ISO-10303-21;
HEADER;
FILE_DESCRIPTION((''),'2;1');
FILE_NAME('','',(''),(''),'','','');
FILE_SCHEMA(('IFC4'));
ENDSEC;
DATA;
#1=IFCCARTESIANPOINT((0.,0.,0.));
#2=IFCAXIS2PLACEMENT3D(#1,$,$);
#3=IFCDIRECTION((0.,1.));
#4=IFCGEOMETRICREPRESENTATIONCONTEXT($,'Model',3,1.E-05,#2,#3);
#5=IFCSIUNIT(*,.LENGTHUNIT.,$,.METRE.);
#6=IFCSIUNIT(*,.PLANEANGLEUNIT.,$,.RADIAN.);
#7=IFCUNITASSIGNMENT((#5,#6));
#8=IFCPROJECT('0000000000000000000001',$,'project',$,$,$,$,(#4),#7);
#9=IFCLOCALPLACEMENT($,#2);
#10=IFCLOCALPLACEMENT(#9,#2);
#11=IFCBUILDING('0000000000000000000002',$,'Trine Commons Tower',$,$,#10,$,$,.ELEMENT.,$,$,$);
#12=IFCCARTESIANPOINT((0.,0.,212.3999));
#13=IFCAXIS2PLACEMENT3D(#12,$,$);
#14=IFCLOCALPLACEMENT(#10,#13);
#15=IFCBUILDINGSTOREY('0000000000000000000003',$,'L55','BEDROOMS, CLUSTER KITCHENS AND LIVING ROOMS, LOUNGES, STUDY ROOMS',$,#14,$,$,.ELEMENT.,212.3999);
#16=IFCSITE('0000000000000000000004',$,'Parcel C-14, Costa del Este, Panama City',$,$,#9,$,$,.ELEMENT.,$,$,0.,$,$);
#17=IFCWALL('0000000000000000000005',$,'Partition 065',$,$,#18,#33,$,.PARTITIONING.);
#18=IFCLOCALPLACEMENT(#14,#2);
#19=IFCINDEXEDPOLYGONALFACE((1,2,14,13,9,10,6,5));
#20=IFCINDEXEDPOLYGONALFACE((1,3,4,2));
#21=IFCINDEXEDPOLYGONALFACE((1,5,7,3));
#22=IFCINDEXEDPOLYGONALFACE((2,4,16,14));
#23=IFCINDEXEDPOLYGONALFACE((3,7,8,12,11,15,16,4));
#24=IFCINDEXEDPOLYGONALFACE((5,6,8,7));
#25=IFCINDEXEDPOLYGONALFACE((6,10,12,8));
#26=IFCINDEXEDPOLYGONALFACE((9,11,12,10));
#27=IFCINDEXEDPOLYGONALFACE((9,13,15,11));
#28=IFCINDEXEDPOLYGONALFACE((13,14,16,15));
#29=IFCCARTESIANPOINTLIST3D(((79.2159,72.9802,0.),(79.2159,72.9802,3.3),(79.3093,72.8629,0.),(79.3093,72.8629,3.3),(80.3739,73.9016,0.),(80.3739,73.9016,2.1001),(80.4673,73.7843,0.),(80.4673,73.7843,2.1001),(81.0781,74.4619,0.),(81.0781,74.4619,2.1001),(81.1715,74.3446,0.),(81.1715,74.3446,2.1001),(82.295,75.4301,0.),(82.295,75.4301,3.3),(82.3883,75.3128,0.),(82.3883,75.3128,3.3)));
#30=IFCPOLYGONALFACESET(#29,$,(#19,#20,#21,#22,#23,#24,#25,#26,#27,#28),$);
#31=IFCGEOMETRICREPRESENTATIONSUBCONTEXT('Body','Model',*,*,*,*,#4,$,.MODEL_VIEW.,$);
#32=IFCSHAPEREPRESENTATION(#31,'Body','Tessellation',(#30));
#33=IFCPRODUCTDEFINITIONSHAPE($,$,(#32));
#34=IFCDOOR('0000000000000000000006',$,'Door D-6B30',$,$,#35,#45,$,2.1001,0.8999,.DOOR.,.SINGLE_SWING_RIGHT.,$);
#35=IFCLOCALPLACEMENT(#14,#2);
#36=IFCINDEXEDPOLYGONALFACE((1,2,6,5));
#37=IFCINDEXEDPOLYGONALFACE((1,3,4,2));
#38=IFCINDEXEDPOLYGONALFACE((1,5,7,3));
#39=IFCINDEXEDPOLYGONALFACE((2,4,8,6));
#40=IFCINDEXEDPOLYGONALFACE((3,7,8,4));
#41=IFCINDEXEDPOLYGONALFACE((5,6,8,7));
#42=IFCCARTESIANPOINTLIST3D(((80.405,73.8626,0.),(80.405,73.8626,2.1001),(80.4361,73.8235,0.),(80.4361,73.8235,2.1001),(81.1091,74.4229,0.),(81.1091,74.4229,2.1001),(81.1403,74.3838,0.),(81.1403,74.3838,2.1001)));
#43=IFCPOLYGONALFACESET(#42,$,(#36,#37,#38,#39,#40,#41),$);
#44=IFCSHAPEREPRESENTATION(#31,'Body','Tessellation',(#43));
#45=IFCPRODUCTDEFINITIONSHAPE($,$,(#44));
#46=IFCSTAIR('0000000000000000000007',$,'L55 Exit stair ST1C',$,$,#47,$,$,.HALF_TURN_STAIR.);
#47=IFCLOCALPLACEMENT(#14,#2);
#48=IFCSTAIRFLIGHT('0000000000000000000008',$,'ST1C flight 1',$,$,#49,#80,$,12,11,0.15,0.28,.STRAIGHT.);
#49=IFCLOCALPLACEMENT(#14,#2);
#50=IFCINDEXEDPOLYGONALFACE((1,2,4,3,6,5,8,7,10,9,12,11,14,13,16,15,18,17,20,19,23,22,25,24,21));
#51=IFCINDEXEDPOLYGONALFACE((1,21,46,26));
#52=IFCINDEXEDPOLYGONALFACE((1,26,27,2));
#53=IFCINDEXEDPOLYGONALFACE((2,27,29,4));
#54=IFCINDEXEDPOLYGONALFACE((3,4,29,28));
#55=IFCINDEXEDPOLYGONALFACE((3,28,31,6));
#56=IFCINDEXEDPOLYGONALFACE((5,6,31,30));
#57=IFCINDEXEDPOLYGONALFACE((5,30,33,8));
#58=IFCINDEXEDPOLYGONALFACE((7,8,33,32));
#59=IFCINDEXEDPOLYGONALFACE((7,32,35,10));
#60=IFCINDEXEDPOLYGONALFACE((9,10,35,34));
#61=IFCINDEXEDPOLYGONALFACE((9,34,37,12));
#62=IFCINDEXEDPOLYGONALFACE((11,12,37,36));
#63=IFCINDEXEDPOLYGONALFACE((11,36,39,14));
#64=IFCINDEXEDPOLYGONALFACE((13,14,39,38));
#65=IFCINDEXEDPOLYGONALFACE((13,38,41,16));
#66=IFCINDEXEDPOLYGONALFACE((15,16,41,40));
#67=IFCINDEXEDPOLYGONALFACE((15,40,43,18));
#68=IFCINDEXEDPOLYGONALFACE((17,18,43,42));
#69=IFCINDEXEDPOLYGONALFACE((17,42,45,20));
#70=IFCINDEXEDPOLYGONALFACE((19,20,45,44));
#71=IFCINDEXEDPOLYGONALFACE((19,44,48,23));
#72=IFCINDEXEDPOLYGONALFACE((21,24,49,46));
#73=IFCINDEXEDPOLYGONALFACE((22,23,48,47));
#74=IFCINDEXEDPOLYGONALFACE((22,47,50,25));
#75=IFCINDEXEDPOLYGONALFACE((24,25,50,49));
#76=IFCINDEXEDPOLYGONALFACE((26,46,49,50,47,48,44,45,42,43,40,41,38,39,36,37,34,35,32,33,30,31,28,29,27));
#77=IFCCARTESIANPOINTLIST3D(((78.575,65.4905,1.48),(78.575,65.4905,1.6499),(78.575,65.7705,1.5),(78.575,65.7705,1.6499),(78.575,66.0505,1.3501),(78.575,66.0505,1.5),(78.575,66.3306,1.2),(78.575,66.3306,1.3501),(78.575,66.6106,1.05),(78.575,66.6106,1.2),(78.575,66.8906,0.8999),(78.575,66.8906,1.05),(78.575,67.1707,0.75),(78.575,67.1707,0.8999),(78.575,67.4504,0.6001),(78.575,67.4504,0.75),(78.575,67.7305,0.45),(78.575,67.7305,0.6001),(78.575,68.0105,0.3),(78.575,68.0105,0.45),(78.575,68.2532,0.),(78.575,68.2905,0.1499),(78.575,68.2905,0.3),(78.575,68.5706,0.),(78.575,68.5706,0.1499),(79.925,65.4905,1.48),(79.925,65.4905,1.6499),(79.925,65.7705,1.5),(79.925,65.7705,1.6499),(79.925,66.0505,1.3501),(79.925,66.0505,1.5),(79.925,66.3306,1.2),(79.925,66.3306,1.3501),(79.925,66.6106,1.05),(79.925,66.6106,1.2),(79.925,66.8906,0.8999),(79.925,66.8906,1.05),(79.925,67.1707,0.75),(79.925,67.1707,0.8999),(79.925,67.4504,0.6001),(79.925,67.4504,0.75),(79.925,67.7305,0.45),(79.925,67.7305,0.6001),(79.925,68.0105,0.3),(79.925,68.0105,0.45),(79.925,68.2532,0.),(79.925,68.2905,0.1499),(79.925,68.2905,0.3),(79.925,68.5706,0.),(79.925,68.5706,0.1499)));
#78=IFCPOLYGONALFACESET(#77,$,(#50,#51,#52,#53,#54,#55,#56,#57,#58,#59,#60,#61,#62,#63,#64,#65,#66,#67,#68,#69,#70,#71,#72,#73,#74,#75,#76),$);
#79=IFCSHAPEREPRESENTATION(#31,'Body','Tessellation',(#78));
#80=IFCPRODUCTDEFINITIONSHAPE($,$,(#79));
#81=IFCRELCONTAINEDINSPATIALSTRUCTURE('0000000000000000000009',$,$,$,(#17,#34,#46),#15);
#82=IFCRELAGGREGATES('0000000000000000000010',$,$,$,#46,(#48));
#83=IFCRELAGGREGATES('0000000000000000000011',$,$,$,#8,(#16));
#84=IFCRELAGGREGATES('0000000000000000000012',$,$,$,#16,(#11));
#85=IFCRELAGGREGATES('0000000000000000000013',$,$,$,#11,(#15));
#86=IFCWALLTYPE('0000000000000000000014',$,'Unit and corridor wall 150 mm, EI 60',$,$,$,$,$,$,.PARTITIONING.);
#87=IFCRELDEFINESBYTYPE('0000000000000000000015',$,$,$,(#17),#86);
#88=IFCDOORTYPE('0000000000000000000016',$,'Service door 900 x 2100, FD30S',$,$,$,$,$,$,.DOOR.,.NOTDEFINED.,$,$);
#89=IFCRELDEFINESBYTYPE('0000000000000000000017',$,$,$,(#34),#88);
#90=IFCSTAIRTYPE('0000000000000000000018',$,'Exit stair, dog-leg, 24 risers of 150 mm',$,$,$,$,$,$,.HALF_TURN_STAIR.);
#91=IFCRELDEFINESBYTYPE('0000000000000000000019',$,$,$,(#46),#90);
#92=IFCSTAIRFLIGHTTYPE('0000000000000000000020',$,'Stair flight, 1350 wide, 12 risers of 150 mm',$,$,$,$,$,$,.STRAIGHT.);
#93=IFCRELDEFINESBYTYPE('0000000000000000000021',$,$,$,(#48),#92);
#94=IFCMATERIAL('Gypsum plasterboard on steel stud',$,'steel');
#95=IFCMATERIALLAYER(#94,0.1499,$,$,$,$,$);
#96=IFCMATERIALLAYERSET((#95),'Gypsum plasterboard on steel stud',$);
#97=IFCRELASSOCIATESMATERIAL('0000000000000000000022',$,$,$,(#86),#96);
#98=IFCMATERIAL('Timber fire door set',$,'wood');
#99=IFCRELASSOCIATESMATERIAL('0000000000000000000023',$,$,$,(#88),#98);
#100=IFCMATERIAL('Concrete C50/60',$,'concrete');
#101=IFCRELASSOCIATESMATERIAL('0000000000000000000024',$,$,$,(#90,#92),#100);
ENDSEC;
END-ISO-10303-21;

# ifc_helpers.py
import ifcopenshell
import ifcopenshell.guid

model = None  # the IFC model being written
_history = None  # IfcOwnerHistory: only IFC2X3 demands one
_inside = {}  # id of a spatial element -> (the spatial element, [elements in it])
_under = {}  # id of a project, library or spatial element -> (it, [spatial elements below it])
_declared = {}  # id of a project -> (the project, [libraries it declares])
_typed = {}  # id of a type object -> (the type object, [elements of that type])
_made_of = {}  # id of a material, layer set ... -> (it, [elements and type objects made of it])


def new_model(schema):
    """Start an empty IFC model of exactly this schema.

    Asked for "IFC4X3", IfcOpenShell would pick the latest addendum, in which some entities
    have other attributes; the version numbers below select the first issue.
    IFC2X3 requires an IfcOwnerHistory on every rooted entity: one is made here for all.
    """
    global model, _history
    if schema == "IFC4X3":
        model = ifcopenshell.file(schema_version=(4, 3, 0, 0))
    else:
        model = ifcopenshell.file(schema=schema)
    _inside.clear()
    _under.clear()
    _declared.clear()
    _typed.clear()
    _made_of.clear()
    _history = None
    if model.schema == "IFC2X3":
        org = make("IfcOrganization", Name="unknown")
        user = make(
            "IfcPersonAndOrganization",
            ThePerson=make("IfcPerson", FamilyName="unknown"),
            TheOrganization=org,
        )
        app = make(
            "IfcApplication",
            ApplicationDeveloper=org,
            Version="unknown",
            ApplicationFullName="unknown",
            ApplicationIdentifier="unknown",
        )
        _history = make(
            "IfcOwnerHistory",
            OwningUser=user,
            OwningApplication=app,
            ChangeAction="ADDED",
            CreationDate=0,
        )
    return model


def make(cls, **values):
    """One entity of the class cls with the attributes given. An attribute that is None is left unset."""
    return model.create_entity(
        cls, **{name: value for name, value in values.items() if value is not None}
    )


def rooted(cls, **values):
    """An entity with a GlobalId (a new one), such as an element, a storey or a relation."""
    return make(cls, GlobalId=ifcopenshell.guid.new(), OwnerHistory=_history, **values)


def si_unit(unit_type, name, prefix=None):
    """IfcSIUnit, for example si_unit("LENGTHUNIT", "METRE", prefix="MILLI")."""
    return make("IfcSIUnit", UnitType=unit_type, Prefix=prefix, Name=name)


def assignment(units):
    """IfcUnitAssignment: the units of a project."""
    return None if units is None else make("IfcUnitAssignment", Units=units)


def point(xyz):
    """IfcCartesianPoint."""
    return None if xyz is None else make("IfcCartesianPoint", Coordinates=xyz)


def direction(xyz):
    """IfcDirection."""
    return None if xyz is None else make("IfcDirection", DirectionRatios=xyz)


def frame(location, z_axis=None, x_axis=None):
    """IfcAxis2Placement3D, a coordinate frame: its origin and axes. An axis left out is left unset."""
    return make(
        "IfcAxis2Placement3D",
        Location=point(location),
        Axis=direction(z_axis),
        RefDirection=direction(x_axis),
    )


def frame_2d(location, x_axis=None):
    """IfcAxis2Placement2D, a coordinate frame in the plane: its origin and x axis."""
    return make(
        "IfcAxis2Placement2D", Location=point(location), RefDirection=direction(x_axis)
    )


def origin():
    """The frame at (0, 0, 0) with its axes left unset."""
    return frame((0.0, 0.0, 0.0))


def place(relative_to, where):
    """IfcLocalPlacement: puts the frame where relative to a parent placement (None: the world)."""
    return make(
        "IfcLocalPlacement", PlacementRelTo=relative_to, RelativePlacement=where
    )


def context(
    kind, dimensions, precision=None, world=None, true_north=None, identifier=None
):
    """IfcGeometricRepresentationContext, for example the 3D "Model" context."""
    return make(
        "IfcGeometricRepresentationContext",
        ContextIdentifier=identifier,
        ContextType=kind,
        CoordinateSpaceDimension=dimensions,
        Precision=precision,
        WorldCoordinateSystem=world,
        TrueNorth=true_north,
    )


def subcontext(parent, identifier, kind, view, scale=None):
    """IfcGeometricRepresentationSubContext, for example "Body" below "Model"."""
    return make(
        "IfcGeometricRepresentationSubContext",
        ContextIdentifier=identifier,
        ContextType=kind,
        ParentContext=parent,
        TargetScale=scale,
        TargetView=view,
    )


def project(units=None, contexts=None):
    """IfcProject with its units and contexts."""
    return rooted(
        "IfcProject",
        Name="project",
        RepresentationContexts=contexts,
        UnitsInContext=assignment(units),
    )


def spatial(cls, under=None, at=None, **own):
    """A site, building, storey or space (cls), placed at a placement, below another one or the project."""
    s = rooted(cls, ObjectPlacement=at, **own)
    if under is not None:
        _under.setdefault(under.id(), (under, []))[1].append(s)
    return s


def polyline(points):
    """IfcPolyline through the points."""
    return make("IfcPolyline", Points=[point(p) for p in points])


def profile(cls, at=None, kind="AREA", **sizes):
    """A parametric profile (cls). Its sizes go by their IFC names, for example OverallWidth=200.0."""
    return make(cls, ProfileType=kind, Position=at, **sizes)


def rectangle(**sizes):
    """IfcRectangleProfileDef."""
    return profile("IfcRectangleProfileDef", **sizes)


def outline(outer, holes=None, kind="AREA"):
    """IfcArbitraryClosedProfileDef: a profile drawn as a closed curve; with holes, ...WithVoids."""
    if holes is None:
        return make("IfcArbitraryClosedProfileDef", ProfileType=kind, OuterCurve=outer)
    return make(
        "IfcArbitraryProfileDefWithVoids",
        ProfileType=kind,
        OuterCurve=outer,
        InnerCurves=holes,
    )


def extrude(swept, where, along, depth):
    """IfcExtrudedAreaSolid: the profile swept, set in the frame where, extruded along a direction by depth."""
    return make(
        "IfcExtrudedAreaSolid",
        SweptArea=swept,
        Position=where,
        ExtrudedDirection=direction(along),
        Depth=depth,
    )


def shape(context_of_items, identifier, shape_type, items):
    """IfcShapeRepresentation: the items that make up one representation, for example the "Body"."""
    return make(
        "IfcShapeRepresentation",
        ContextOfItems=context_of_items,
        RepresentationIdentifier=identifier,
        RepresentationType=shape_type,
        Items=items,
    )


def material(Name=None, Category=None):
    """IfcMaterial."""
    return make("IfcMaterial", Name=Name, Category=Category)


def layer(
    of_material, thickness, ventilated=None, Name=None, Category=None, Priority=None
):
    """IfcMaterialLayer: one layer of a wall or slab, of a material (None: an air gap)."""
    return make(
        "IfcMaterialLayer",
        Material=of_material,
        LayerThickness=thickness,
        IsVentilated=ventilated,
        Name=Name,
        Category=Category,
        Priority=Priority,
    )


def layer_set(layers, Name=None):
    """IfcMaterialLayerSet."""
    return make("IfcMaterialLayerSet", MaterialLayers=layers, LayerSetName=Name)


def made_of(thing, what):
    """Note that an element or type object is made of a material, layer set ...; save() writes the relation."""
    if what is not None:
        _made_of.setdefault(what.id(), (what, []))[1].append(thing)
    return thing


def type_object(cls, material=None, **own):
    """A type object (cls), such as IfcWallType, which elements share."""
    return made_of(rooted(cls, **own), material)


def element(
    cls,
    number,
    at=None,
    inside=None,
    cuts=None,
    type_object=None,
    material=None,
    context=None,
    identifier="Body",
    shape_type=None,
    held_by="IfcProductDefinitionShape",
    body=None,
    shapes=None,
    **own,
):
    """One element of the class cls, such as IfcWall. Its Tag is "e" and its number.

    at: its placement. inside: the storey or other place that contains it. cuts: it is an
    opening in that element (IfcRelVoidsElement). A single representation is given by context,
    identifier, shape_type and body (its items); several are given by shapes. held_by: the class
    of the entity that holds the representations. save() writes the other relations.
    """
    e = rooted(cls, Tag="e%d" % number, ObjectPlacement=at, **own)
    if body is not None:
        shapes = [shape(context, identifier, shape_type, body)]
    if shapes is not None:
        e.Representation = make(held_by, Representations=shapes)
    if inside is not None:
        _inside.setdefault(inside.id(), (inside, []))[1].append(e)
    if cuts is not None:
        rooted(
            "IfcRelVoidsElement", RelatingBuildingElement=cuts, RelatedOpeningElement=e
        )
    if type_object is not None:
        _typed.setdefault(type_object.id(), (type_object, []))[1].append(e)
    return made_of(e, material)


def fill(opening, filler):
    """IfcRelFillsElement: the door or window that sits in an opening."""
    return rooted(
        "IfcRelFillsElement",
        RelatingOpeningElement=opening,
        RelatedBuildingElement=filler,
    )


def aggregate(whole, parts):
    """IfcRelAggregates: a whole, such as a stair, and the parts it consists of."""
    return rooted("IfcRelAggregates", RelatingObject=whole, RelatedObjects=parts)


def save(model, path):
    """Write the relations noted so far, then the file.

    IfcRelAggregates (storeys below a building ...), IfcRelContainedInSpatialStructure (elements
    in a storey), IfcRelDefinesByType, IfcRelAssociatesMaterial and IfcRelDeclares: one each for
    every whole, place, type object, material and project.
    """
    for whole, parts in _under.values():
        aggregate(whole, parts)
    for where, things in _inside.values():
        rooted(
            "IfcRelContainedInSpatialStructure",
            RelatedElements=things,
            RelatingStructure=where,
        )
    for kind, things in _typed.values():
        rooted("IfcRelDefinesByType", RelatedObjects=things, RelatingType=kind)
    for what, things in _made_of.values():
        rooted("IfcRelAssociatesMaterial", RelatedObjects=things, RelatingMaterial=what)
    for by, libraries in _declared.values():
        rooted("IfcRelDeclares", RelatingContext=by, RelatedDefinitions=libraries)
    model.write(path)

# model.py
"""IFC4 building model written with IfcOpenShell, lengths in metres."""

from ifc_helpers import new_model, si_unit, direction, frame, frame_2d, origin, place, context, subcontext, project, spatial, polyline, rectangle, outline, extrude, material, layer, layer_set, type_object, element, fill, aggregate, save


model = new_model("IFC4")

# Units and contexts
model_context = context("Model", 3, precision=1e-05, world=origin(), true_north=direction((0.0, 1.0)))
body_context = subcontext(model_context, "Body", "Model", "MODEL_VIEW")
ifc_project = project(units=[si_unit("LENGTHUNIT", "METRE"), si_unit("PLANEANGLEUNIT", "RADIAN")], contexts=[model_context])

# Site, building, storey
site_placement = place(None, origin())
site = spatial("IfcSite", under=ifc_project, at=site_placement, Name="Parcel C-14, Costa del Este, Panama City", CompositionType="ELEMENT", RefElevation=0.0)
building_placement = place(site_placement, origin())
building = spatial("IfcBuilding", under=site, at=building_placement, Name="Trine Commons Tower", CompositionType="ELEMENT")
storey_placement = place(building_placement, frame((0.0, 0.0, 212.3999)))
storey = spatial("IfcBuildingStorey", under=building, at=storey_placement, Name="L55", Description="BEDROOMS, CLUSTER KITCHENS AND LIVING ROOMS, LOUNGES, STUDY ROOMS", CompositionType="ELEMENT", Elevation=212.3999)

# Shared definitions
ifc_material_1 = material(Name="Gypsum plasterboard on steel stud", Category="steel")
ifc_layer_1 = layer(ifc_material_1, 0.1499)
ifc_layer_set_1 = layer_set([ifc_layer_1], Name="Gypsum plasterboard on steel stud")
wall_type_1 = type_object("IfcWallType", Name="Unit and corridor wall 150 mm, EI 60", PredefinedType="PARTITIONING", material=ifc_layer_set_1)

# Shared definitions
ifc_material_2 = material(Name="Timber fire door set", Category="wood")

# Wall, opening, door
wall_1_placement = place(storey_placement, frame((79.2627, 72.9216, 0.0), z_axis=(0.0, 0.0, 1.0), x_axis=(0.782519, 0.622627, 0.0)))
wall_1 = element("IfcWall", 1, at=wall_1_placement, inside=storey, type_object=wall_type_1, Name="Partition 065", PredefinedType="PARTITIONING", context=body_context, shape_type="SweptSolid", body=[
    extrude(rectangle(XDim=3.9348, YDim=0.1499, at=frame_2d((1.9673, 0.0))), origin(), (0.0, 0.0, 1.0), 3.3),
])
opening_1_placement = place(wall_1_placement, frame((1.4797, 0.0, 0.0)))
opening_1 = element("IfcOpeningElement", 2, at=opening_1_placement, cuts=wall_1, PredefinedType="OPENING", context=body_context, shape_type="SweptSolid", body=[
    extrude(rectangle(XDim=0.8999, YDim=2.1001, at=frame_2d((0.45, 1.05))), frame((0.0, 0.085, 0.0), z_axis=(0.0, -1.0, 0.0), x_axis=(1.0, 0.0, 0.0)), (0.0, 0.0, 1.0), 0.1699),
])
door_type_1 = type_object("IfcDoorType", Name="Service door 900 x 2100, FD30S", OperationType="NOTDEFINED", PredefinedType="DOOR", material=ifc_material_2)
door_1_placement = place(opening_1_placement, frame((0.8999, 0.0, 0.0), z_axis=(0.0, 0.0, 1.0), x_axis=(-1.0, 0.0, 0.0)))
door_1 = element("IfcDoor", 3, at=door_1_placement, inside=storey, type_object=door_type_1, Name="Door D-6B30", OperationType="SINGLE_SWING_RIGHT", OverallHeight=2.1001, OverallWidth=0.8999, PredefinedType="DOOR", context=body_context, shape_type="SweptSolid", body=[
    extrude(rectangle(XDim=0.8999, YDim=2.1001, at=frame_2d((0.45, 1.05))), frame((0.0, 0.0249, 0.0), z_axis=(0.0, -1.0, 0.0), x_axis=(1.0, 0.0, 0.0)), (0.0, 0.0, 1.0), 0.05),
])
fill(opening_1, door_1)

# Stair, stair flight
ifc_material_3 = material(Name="Concrete C50/60", Category="concrete")
stair_type = type_object("IfcStairType", Name="Exit stair, dog-leg, 24 risers of 150 mm", PredefinedType="HALF_TURN_STAIR", material=ifc_material_3)
stair_placement = place(storey_placement, origin())
stair = element("IfcStair", 4, at=stair_placement, inside=storey, type_object=stair_type, Name="L55 Exit stair ST1C", PredefinedType="HALF_TURN_STAIR")
stair_flight_type = type_object("IfcStairFlightType", Name="Stair flight, 1350 wide, 12 risers of 150 mm", PredefinedType="STRAIGHT", material=ifc_material_3)
stair_flight_placement = place(storey_placement, frame((79.25, 68.5706, 0.0), z_axis=(0.0, 0.0, 1.0), x_axis=(0.0, -1.0, 0.0)))
stair_flight = element("IfcStairFlight", 5, at=stair_flight_placement, type_object=stair_flight_type, Name="ST1C flight 1", NumberOfRisers=12, NumberOfTreads=11, PredefinedType="STRAIGHT", RiserHeight=0.15, TreadLength=0.28, context=body_context, shape_type="SweptSolid", body=[
    extrude(outline(polyline([(0.0, 0.0), (0.0, 0.1499), (0.28, 0.1499), (0.28, 0.3), (0.5601, 0.3), (0.5601, 0.45), (0.8401, 0.45), (0.8401, 0.6001), (1.1201, 0.6001), (1.1201, 0.75), (1.3999, 0.75), (1.3999, 0.8999), (1.6799, 0.8999), (1.6799, 1.05), (1.96, 1.05), (1.96, 1.2), (2.24, 1.2), (2.24, 1.3501), (2.52, 1.3501), (2.52, 1.5), (2.8, 1.5), (2.8, 1.6499), (3.0801, 1.6499), (3.0801, 1.8), (3.0801, 1.48), (0.3174, 0.0), (0.0, 0.0)])), frame((0.0, 0.675, 0.0), z_axis=(0.0, -1.0, 0.0), x_axis=(1.0, 0.0, 0.0)), (0.0, 0.0, 1.0), 1.3501),
])
aggregate(stair, [stair_flight])

save(model, "model.ifc")
